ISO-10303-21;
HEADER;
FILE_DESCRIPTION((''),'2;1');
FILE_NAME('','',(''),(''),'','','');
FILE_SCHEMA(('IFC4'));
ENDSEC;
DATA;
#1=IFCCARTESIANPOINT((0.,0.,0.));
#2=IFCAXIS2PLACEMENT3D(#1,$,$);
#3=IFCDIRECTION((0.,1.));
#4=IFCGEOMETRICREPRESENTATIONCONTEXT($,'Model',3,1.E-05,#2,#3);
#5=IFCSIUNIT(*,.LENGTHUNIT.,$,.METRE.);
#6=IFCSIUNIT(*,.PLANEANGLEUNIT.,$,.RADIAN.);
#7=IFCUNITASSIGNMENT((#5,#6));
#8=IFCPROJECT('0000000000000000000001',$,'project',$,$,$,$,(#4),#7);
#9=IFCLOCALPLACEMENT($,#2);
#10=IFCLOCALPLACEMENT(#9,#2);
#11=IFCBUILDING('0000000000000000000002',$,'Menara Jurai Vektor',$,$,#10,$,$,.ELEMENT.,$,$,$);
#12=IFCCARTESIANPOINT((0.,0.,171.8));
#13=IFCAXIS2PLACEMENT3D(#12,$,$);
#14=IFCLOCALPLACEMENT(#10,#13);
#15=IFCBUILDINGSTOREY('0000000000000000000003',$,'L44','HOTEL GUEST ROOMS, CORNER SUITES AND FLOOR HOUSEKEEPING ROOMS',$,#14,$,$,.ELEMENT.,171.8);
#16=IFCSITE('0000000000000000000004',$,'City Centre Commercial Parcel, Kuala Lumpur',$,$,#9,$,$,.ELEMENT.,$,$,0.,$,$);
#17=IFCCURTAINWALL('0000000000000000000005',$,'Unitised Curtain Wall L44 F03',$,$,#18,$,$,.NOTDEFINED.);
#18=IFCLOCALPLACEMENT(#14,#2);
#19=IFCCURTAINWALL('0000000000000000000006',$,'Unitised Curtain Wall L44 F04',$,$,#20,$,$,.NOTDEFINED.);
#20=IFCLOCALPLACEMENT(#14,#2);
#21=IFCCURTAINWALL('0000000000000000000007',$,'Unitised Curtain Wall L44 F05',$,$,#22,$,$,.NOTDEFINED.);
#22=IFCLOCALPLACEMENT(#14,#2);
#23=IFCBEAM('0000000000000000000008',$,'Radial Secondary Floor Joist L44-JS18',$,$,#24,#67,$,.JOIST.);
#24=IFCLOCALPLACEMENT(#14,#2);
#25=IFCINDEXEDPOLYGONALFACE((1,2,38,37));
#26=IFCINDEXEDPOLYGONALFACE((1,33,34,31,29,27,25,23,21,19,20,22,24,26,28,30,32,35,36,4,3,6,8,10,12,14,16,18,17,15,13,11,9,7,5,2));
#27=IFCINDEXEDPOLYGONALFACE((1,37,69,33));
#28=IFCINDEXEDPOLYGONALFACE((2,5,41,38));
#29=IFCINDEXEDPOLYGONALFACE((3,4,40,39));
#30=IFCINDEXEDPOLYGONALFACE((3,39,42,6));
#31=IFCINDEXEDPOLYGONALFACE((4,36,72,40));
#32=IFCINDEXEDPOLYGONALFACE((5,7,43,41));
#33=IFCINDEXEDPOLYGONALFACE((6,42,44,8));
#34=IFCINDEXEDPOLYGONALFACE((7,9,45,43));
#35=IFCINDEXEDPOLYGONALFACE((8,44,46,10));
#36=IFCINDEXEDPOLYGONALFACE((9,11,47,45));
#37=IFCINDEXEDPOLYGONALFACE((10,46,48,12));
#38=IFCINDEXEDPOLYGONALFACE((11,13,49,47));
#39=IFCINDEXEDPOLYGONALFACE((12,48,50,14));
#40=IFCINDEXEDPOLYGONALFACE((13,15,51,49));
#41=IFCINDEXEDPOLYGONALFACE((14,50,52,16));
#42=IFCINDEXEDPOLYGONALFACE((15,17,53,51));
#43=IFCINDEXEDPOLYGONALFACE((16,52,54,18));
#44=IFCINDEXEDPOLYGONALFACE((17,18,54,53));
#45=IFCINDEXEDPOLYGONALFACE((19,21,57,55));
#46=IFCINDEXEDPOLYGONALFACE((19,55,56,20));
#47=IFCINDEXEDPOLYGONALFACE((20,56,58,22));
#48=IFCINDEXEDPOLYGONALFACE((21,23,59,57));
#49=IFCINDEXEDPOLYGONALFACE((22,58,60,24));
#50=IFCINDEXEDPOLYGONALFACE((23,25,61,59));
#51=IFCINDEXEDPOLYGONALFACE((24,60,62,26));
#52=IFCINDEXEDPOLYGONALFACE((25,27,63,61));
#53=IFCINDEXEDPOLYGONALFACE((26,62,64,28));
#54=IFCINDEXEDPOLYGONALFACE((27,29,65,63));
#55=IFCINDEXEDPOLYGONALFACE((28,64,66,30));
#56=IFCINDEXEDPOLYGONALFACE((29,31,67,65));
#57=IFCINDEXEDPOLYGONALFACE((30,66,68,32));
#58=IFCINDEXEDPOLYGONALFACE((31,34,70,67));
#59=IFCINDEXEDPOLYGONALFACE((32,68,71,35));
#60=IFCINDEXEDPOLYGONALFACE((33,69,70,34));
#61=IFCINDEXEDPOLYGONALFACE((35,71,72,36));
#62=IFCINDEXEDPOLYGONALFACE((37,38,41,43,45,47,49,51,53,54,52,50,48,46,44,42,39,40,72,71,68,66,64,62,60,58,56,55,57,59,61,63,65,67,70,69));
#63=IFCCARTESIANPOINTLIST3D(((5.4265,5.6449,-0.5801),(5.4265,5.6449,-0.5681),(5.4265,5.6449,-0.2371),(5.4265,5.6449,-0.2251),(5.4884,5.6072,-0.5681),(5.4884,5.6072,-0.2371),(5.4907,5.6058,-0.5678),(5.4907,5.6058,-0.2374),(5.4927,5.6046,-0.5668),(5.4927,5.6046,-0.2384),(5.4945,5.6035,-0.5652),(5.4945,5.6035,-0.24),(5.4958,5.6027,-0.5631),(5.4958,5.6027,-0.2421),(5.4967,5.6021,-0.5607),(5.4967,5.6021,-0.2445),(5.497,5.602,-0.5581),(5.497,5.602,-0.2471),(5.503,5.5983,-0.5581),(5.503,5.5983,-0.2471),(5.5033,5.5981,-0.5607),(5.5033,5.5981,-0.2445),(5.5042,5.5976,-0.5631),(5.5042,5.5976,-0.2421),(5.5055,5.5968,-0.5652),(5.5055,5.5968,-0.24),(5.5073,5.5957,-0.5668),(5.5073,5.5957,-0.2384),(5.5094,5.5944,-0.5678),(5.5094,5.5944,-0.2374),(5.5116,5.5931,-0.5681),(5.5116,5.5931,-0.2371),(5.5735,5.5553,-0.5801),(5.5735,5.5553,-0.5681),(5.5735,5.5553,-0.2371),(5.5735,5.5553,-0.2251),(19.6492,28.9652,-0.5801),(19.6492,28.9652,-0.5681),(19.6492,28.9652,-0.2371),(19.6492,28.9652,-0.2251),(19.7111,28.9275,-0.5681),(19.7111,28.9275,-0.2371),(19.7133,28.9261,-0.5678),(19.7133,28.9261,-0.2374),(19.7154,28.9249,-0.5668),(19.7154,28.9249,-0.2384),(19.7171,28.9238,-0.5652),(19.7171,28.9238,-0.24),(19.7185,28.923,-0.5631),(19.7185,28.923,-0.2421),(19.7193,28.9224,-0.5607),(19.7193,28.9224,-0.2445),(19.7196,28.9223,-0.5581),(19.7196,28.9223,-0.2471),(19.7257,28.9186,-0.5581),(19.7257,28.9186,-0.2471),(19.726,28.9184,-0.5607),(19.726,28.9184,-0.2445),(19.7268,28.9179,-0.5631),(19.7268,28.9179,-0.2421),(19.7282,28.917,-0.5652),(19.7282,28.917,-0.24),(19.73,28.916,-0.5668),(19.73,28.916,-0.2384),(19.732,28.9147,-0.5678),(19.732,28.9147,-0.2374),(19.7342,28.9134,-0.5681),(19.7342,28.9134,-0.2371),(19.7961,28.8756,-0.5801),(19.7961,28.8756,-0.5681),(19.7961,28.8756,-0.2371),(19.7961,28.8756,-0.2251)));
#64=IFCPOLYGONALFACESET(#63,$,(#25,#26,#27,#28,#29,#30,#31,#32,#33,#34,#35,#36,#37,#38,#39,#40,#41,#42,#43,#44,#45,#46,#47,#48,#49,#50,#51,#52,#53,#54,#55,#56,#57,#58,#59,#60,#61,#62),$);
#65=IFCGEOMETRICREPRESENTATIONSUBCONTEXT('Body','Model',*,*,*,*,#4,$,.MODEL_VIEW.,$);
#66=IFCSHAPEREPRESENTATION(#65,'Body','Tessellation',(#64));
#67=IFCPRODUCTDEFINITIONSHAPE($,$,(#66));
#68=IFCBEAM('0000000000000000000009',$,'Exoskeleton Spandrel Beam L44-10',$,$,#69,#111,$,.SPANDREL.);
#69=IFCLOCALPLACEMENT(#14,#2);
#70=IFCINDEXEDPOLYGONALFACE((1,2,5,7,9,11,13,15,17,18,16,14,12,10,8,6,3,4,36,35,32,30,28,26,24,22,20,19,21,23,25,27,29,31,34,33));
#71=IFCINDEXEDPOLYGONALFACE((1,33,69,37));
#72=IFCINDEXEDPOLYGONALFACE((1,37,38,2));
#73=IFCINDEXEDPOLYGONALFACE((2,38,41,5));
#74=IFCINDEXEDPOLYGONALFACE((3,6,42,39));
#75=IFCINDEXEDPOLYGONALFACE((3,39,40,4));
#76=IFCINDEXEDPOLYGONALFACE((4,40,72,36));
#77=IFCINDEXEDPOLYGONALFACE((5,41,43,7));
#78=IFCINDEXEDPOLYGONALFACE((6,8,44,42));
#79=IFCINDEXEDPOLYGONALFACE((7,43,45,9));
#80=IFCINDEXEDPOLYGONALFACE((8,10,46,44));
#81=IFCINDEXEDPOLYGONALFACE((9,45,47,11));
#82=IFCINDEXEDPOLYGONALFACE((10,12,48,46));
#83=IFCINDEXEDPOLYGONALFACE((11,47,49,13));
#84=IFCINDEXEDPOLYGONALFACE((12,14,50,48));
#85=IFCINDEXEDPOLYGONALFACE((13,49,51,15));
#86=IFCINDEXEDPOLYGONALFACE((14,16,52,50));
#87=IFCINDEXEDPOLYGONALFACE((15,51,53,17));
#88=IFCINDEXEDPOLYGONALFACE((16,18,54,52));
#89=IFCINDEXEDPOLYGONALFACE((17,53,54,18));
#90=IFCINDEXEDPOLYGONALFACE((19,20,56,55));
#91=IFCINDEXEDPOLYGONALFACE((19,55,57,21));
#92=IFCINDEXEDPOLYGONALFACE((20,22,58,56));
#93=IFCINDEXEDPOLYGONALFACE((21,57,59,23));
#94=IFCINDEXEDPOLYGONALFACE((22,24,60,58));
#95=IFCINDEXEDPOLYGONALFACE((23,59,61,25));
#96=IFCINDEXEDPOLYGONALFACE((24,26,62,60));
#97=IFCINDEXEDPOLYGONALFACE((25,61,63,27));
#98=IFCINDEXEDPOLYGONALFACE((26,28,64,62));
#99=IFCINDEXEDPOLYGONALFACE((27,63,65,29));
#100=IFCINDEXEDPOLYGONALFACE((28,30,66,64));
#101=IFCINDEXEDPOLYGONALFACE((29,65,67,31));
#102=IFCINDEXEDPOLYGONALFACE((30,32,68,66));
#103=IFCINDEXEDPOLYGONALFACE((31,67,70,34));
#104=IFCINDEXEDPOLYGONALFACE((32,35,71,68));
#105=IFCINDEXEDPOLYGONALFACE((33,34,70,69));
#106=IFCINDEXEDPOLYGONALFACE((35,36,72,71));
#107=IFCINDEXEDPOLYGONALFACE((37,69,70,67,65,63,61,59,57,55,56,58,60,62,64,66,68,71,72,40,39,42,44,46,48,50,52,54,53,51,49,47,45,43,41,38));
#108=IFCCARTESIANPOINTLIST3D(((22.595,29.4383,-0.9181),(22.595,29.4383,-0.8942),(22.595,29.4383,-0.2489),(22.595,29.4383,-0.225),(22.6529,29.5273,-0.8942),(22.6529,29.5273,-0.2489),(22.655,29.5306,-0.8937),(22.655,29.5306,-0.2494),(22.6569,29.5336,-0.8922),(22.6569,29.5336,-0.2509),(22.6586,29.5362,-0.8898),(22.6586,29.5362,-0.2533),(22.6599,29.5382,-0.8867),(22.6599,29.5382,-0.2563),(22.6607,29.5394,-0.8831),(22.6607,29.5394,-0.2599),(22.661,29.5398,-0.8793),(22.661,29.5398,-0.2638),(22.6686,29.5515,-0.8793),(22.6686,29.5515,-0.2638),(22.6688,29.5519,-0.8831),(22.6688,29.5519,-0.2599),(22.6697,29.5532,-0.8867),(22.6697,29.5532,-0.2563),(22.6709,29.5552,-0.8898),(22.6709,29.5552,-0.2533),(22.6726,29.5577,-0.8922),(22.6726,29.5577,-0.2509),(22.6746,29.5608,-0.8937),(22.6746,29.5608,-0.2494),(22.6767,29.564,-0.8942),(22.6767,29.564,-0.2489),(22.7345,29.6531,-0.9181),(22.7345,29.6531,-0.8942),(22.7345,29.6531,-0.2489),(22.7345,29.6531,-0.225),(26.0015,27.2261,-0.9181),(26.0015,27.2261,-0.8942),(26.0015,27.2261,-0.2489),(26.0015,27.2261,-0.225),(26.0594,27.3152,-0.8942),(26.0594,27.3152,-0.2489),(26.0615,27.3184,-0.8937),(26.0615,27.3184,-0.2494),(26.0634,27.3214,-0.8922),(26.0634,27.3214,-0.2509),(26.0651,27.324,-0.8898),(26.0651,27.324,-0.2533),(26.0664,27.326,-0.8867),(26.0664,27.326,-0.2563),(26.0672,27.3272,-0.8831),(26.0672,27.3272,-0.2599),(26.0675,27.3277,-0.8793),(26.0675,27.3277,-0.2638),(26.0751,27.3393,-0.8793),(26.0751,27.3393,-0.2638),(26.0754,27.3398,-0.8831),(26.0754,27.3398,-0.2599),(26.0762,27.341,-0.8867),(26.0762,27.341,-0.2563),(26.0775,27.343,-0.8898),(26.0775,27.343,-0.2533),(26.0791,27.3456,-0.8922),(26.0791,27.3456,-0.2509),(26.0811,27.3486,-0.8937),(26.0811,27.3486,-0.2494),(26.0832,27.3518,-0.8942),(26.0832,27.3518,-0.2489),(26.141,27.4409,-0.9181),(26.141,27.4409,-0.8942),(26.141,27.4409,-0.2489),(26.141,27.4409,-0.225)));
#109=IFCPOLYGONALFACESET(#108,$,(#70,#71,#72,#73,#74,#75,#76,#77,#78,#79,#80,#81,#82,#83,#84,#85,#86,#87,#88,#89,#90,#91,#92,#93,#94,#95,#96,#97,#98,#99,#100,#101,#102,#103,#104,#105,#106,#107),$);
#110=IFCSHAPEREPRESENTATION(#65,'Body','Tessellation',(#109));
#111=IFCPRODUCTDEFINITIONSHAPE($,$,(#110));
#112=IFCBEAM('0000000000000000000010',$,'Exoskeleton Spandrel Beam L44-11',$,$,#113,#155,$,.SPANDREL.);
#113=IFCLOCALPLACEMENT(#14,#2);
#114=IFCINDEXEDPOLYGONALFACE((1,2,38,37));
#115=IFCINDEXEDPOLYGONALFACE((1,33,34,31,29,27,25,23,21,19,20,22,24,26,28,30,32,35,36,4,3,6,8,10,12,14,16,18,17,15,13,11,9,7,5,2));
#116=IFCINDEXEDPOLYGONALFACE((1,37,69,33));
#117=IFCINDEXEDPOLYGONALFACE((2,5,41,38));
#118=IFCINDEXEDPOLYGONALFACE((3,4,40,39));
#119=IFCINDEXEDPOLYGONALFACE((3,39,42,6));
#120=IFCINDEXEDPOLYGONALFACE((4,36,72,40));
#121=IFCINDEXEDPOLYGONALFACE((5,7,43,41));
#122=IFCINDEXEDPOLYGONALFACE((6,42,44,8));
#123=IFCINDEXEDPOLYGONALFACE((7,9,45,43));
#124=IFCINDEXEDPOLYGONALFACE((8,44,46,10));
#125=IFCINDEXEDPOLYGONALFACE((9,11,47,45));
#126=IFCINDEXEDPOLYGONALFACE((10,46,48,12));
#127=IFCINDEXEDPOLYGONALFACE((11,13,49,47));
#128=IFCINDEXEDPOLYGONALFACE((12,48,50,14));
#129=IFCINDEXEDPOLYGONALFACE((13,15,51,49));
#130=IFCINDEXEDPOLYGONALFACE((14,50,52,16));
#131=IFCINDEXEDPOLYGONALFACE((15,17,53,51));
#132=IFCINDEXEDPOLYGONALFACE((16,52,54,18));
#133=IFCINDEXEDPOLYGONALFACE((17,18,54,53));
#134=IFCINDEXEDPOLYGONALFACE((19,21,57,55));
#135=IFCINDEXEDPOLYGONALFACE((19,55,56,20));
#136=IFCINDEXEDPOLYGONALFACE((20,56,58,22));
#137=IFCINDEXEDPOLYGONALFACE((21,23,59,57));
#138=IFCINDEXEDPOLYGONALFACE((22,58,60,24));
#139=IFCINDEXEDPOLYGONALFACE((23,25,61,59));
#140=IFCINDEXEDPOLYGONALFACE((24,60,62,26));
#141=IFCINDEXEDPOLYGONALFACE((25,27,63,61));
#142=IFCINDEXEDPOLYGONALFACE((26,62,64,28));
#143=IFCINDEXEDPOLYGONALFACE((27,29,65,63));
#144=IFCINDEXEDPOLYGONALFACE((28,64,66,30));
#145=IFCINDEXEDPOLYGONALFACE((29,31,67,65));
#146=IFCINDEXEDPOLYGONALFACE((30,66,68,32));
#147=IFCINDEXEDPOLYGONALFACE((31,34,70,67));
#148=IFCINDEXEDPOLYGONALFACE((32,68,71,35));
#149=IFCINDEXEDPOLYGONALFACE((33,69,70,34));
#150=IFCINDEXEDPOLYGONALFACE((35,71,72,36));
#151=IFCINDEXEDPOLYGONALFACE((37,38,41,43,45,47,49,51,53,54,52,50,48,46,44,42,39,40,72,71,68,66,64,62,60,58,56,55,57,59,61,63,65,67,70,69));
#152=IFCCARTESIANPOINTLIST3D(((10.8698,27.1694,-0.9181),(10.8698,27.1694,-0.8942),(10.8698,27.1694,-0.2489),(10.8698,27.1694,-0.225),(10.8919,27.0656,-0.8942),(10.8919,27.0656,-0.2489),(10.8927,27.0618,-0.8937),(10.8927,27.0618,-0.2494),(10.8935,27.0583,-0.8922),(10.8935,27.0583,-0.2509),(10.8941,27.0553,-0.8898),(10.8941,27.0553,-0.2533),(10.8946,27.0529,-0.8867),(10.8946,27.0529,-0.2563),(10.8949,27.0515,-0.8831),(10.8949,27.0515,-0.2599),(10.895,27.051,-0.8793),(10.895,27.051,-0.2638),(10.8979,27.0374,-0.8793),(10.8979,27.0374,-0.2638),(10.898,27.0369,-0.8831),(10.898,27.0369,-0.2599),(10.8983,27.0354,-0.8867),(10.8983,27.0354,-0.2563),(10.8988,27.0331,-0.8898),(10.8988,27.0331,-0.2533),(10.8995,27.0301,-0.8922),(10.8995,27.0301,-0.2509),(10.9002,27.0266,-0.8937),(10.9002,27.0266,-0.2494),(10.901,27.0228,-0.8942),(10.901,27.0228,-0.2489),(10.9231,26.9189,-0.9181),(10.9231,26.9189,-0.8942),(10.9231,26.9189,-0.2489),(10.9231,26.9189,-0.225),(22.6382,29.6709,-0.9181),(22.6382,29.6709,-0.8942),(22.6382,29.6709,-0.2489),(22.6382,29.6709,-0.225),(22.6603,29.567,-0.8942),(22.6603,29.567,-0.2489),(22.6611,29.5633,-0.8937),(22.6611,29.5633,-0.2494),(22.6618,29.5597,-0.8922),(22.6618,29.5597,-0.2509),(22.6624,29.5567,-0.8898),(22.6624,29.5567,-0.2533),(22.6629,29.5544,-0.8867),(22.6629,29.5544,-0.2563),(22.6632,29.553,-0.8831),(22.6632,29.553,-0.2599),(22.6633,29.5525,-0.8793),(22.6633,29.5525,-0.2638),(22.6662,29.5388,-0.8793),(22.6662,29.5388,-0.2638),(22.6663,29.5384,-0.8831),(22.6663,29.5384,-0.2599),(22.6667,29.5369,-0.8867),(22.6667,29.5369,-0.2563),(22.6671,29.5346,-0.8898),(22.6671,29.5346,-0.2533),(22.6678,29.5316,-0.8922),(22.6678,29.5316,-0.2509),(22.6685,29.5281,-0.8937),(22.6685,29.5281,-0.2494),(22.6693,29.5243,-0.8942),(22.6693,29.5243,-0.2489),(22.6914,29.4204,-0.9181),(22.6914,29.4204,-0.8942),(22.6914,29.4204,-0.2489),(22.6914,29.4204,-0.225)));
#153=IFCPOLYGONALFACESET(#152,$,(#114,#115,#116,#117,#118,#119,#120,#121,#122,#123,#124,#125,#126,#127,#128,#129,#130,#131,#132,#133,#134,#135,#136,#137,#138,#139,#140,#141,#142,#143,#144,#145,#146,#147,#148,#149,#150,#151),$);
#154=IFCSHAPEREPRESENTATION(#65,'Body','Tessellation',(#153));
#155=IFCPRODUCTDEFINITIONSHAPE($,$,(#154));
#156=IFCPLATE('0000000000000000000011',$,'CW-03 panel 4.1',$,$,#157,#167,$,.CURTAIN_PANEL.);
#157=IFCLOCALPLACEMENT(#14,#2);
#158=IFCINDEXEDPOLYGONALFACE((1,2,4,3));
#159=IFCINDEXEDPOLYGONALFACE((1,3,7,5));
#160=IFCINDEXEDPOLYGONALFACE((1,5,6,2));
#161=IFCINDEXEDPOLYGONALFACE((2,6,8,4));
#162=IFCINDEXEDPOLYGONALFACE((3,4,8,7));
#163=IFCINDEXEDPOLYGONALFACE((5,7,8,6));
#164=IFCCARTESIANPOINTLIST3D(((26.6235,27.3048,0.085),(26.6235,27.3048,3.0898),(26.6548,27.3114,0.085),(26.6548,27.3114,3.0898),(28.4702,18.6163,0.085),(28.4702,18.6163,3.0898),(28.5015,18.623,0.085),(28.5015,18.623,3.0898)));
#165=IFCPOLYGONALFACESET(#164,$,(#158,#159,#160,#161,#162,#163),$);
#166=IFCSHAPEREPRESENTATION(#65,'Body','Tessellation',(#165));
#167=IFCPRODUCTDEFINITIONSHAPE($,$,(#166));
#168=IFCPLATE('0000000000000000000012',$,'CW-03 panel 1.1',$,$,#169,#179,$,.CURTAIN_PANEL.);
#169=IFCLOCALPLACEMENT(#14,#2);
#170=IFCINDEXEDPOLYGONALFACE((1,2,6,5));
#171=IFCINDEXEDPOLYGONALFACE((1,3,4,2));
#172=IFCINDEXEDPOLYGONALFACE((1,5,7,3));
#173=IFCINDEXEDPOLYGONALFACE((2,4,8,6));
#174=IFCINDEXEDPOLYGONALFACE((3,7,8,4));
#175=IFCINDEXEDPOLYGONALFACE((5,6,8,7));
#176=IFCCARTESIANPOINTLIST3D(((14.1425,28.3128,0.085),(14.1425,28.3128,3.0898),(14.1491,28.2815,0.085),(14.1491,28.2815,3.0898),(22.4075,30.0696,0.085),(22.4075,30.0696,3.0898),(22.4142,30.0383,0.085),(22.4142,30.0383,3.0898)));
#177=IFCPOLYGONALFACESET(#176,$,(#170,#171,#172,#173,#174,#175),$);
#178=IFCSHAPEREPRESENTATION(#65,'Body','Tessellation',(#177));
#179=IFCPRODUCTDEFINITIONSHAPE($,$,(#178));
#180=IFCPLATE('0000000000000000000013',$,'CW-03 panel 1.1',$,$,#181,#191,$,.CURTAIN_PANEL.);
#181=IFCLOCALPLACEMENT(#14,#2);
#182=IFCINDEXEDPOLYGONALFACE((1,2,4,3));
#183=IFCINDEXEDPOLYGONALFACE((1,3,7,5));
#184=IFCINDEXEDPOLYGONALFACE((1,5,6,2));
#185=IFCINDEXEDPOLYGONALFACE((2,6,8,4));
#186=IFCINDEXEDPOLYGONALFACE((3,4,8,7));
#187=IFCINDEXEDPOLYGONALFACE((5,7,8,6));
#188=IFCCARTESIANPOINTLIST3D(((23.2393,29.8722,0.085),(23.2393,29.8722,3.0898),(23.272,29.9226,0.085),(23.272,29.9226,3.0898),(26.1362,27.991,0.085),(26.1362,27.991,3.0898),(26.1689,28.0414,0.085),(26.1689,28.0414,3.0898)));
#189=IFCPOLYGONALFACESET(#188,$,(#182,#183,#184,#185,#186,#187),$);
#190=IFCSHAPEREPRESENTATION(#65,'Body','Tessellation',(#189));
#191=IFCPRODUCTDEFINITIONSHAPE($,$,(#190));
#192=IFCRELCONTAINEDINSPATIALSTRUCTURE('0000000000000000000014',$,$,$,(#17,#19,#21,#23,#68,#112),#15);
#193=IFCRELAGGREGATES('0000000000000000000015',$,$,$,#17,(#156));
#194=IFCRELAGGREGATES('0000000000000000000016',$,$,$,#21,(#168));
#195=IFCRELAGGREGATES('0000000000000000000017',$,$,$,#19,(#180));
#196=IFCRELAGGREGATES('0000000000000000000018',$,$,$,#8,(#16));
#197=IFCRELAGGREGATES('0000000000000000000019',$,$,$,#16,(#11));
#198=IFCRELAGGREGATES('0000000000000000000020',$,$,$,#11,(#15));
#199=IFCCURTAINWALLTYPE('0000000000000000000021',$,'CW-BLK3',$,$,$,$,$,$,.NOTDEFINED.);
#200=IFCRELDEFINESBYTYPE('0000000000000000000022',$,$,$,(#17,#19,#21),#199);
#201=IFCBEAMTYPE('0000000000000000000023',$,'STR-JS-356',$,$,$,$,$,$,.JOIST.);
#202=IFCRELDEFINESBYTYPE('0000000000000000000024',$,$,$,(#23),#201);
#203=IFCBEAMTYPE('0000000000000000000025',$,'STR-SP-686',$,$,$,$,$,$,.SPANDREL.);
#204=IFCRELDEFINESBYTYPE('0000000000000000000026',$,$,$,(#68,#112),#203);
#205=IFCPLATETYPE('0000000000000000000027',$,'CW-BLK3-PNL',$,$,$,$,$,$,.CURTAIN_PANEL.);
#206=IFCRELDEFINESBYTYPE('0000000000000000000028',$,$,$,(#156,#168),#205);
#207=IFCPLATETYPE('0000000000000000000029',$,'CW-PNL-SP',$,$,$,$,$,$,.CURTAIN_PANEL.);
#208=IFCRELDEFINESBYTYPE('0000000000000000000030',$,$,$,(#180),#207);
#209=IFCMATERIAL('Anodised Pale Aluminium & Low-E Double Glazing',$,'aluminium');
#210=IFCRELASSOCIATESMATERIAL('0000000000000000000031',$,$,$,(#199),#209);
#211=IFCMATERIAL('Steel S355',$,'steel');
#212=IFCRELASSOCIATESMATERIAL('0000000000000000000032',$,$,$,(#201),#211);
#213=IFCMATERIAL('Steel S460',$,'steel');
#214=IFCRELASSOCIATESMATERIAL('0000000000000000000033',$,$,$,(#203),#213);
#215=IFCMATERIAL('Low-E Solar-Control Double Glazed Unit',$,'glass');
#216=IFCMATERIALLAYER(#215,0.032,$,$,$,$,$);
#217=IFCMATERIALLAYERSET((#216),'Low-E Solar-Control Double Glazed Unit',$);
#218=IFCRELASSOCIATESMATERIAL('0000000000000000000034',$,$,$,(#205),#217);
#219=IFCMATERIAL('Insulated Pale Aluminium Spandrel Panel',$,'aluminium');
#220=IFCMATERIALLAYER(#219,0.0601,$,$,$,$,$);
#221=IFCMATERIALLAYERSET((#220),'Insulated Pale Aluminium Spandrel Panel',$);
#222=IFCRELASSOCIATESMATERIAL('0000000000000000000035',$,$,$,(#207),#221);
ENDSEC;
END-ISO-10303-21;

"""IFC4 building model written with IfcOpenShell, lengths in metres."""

from ifc_helpers import new_model, si_unit, direction, frame, origin, origin_2d, place, context, subcontext, project, spatial, rectangle, i_section, extrude, material, layer, layer_set, material_profile, profile_set, type_object, element, aggregate, save


model = new_model("IFC4")

# Units and contexts
model_context = context("Model", 3, precision=1e-05, world=origin(), true_north=direction((0.0, 1.0)))
body_context = subcontext(model_context, "Body", "Model", "MODEL_VIEW")
ifc_project = project(units=[si_unit("LENGTHUNIT", "METRE"), si_unit("PLANEANGLEUNIT", "RADIAN")], contexts=[model_context])

# Site, building, storey
site_placement = place(None, origin())
site = spatial("IfcSite", under=ifc_project, at=site_placement, Name="City Centre Commercial Parcel, Kuala Lumpur", CompositionType="ELEMENT", RefElevation=0.0)
building_placement = place(site_placement, origin())
building = spatial("IfcBuilding", under=site, at=building_placement, Name="Menara Jurai Vektor", CompositionType="ELEMENT")
storey_placement = place(building_placement, frame((0.0, 0.0, 171.8)))
storey = spatial("IfcBuildingStorey", under=building, at=storey_placement, Name="L44", Description="HOTEL GUEST ROOMS, CORNER SUITES AND FLOOR HOUSEKEEPING ROOMS", CompositionType="ELEMENT", Elevation=171.8)

# Shared definitions
ifc_material_1 = material(Name="Steel S460", Category="steel")

# Curtain walls
ifc_material_2 = material(Name="Anodised Pale Aluminium & Low-E Double Glazing", Category="aluminium")
curtain_wall_type = type_object("IfcCurtainWallType", Name="CW-BLK3", PredefinedType="NOTDEFINED", material=ifc_material_2)
curtain_wall_1_placement = place(storey_placement, origin())
curtain_wall_1 = element("IfcCurtainWall", 1, at=curtain_wall_1_placement, inside=storey, type_object=curtain_wall_type, Name="Unitised Curtain Wall L44 F03", PredefinedType="NOTDEFINED")
curtain_wall_2_placement = place(storey_placement, origin())
curtain_wall_2 = element("IfcCurtainWall", 2, at=curtain_wall_2_placement, inside=storey, type_object=curtain_wall_type, Name="Unitised Curtain Wall L44 F04", PredefinedType="NOTDEFINED")

# Curtain wall
curtain_wall_3_placement = place(storey_placement, origin())
curtain_wall_3 = element("IfcCurtainWall", 3, at=curtain_wall_3_placement, inside=storey, type_object=curtain_wall_type, Name="Unitised Curtain Wall L44 F05", PredefinedType="NOTDEFINED")

# Shared definitions
ifc_material_3 = material(Name="Steel S355", Category="steel")

# Beams
ifc_material_profile_1 = material_profile(ifc_material_3, i_section(OverallWidth=0.1721, OverallDepth=0.355, WebThickness=0.0071, FlangeThickness=0.012, FilletRadius=0.01, at=origin_2d()), Name="UKB 356x171x51")
ifc_profile_set_1 = profile_set([ifc_material_profile_1], Name="Steel S355")
beam_type_1 = type_object("IfcBeamType", Name="STR-JS-356", PredefinedType="JOIST", material=ifc_profile_set_1)
beam_1_placement = place(storey_placement, frame((19.7227, 28.9204, -0.4026), z_axis=(-0.520686, -0.853748, 0.0), x_axis=(0.853748, -0.520686, 0.0)))
element("IfcBeam", 4, at=beam_1_placement, inside=storey, type_object=beam_type_1, Name="Radial Secondary Floor Joist L44-JS18", PredefinedType="JOIST", context=body_context, shape_type="SweptSolid", body=[
    extrude(i_section(OverallWidth=0.1721, OverallDepth=0.355, WebThickness=0.0071, FlangeThickness=0.012, FilletRadius=0.01, at=origin_2d()), origin(), (0.0, 0.0, 1.0), 27.3152),
])
ifc_material_profile_2 = material_profile(ifc_material_1, i_section(OverallWidth=0.2561, OverallDepth=0.6931, WebThickness=0.0139, FlangeThickness=0.0239, FilletRadius=0.0149, at=origin_2d()), Name="UKB 686x254x170")
ifc_profile_set_2 = profile_set([ifc_material_profile_2], Name="Steel S460")
beam_type_2 = type_object("IfcBeamType", Name="STR-SP-686", PredefinedType="SPANDREL", material=ifc_profile_set_2)
beam_2_placement = place(storey_placement, frame((26.0713, 27.3335, -0.5715), z_axis=(-0.838676, 0.544631, 0.0), x_axis=(-0.544631, -0.838676, 0.0)))
element("IfcBeam", 5, at=beam_2_placement, inside=storey, type_object=beam_type_2, Name="Exoskeleton Spandrel Beam L44-10", PredefinedType="SPANDREL", context=body_context, shape_type="SweptSolid", body=[
    extrude(i_section(OverallWidth=0.2561, OverallDepth=0.6931, WebThickness=0.0139, FlangeThickness=0.0239, FilletRadius=0.0149, at=origin_2d()), origin(), (0.0, 0.0, 1.0), 4.0618),
])
beam_3_placement = place(storey_placement, frame((22.6648, 29.5457, -0.5715), z_axis=(-0.978147, -0.207914, 0.0), x_axis=(0.207914, -0.978147, 0.0)))
element("IfcBeam", 6, at=beam_3_placement, inside=storey, type_object=beam_type_2, Name="Exoskeleton Spandrel Beam L44-11", PredefinedType="SPANDREL", context=body_context, shape_type="SweptSolid", body=[
    extrude(i_section(OverallWidth=0.2561, OverallDepth=0.6931, WebThickness=0.0139, FlangeThickness=0.0239, FilletRadius=0.0149, at=origin_2d()), origin(), (0.0, 0.0, 1.0), 12.0312),
])

# Plates
ifc_material_4 = material(Name="Low-E Solar-Control Double Glazed Unit", Category="glass")
ifc_layer_1 = layer(ifc_material_4, 0.032)
ifc_layer_set_1 = layer_set([ifc_layer_1], Name="Low-E Solar-Control Double Glazed Unit")
plate_type_1 = type_object("IfcPlateType", Name="CW-BLK3-PNL", PredefinedType="CURTAIN_PANEL", material=ifc_layer_set_1)
plate_1_placement = place(storey_placement, frame((27.5625, 22.9639, 0.085), z_axis=(0.0, 0.0, 1.0), x_axis=(-0.20791, 0.978148, 0.0)))
plate_1 = element("IfcPlate", 7, at=plate_1_placement, type_object=plate_type_1, Name="CW-03 panel 4.1", PredefinedType="CURTAIN_PANEL", context=body_context, shape_type="SweptSolid", body=[
    extrude(rectangle(XDim=8.8826, YDim=0.032, at=origin_2d()), origin(), (0.0, 0.0, 1.0), 3.0049),
])
aggregate(curtain_wall_1, [plate_1])
plate_2_placement = place(storey_placement, frame((18.2783, 29.1755, 0.085), z_axis=(0.0, 0.0, 1.0), x_axis=(-0.978148, -0.207911, 0.0)))
plate_2 = element("IfcPlate", 8, at=plate_2_placement, type_object=plate_type_1, Name="CW-03 panel 1.1", PredefinedType="CURTAIN_PANEL", context=body_context, shape_type="SweptSolid", body=[
    extrude(rectangle(XDim=8.4497, YDim=0.032, at=origin_2d()), origin(), (0.0, 0.0, 1.0), 3.0049),
])
aggregate(curtain_wall_3, [plate_2])
ifc_material_5 = material(Name="Insulated Pale Aluminium Spandrel Panel", Category="aluminium")
ifc_layer_2 = layer(ifc_material_5, 0.0601)
ifc_layer_set_2 = layer_set([ifc_layer_2], Name="Insulated Pale Aluminium Spandrel Panel")
plate_type_2 = type_object("IfcPlateType", Name="CW-PNL-SP", PredefinedType="CURTAIN_PANEL", material=ifc_layer_set_2)
plate_3_placement = place(storey_placement, frame((24.7041, 28.9568, 0.085), z_axis=(0.0, 0.0, 1.0), x_axis=(-0.838684, 0.544618, 0.0)))
plate_3 = element("IfcPlate", 9, at=plate_3_placement, type_object=plate_type_2, Name="CW-03 panel 1.1", PredefinedType="CURTAIN_PANEL", context=body_context, shape_type="SweptSolid", body=[
    extrude(rectangle(XDim=3.4541, YDim=0.0601, at=origin_2d()), origin(), (0.0, 0.0, 1.0), 3.0049),
])
aggregate(curtain_wall_2, [plate_3])

save(model, "model.ifc")
